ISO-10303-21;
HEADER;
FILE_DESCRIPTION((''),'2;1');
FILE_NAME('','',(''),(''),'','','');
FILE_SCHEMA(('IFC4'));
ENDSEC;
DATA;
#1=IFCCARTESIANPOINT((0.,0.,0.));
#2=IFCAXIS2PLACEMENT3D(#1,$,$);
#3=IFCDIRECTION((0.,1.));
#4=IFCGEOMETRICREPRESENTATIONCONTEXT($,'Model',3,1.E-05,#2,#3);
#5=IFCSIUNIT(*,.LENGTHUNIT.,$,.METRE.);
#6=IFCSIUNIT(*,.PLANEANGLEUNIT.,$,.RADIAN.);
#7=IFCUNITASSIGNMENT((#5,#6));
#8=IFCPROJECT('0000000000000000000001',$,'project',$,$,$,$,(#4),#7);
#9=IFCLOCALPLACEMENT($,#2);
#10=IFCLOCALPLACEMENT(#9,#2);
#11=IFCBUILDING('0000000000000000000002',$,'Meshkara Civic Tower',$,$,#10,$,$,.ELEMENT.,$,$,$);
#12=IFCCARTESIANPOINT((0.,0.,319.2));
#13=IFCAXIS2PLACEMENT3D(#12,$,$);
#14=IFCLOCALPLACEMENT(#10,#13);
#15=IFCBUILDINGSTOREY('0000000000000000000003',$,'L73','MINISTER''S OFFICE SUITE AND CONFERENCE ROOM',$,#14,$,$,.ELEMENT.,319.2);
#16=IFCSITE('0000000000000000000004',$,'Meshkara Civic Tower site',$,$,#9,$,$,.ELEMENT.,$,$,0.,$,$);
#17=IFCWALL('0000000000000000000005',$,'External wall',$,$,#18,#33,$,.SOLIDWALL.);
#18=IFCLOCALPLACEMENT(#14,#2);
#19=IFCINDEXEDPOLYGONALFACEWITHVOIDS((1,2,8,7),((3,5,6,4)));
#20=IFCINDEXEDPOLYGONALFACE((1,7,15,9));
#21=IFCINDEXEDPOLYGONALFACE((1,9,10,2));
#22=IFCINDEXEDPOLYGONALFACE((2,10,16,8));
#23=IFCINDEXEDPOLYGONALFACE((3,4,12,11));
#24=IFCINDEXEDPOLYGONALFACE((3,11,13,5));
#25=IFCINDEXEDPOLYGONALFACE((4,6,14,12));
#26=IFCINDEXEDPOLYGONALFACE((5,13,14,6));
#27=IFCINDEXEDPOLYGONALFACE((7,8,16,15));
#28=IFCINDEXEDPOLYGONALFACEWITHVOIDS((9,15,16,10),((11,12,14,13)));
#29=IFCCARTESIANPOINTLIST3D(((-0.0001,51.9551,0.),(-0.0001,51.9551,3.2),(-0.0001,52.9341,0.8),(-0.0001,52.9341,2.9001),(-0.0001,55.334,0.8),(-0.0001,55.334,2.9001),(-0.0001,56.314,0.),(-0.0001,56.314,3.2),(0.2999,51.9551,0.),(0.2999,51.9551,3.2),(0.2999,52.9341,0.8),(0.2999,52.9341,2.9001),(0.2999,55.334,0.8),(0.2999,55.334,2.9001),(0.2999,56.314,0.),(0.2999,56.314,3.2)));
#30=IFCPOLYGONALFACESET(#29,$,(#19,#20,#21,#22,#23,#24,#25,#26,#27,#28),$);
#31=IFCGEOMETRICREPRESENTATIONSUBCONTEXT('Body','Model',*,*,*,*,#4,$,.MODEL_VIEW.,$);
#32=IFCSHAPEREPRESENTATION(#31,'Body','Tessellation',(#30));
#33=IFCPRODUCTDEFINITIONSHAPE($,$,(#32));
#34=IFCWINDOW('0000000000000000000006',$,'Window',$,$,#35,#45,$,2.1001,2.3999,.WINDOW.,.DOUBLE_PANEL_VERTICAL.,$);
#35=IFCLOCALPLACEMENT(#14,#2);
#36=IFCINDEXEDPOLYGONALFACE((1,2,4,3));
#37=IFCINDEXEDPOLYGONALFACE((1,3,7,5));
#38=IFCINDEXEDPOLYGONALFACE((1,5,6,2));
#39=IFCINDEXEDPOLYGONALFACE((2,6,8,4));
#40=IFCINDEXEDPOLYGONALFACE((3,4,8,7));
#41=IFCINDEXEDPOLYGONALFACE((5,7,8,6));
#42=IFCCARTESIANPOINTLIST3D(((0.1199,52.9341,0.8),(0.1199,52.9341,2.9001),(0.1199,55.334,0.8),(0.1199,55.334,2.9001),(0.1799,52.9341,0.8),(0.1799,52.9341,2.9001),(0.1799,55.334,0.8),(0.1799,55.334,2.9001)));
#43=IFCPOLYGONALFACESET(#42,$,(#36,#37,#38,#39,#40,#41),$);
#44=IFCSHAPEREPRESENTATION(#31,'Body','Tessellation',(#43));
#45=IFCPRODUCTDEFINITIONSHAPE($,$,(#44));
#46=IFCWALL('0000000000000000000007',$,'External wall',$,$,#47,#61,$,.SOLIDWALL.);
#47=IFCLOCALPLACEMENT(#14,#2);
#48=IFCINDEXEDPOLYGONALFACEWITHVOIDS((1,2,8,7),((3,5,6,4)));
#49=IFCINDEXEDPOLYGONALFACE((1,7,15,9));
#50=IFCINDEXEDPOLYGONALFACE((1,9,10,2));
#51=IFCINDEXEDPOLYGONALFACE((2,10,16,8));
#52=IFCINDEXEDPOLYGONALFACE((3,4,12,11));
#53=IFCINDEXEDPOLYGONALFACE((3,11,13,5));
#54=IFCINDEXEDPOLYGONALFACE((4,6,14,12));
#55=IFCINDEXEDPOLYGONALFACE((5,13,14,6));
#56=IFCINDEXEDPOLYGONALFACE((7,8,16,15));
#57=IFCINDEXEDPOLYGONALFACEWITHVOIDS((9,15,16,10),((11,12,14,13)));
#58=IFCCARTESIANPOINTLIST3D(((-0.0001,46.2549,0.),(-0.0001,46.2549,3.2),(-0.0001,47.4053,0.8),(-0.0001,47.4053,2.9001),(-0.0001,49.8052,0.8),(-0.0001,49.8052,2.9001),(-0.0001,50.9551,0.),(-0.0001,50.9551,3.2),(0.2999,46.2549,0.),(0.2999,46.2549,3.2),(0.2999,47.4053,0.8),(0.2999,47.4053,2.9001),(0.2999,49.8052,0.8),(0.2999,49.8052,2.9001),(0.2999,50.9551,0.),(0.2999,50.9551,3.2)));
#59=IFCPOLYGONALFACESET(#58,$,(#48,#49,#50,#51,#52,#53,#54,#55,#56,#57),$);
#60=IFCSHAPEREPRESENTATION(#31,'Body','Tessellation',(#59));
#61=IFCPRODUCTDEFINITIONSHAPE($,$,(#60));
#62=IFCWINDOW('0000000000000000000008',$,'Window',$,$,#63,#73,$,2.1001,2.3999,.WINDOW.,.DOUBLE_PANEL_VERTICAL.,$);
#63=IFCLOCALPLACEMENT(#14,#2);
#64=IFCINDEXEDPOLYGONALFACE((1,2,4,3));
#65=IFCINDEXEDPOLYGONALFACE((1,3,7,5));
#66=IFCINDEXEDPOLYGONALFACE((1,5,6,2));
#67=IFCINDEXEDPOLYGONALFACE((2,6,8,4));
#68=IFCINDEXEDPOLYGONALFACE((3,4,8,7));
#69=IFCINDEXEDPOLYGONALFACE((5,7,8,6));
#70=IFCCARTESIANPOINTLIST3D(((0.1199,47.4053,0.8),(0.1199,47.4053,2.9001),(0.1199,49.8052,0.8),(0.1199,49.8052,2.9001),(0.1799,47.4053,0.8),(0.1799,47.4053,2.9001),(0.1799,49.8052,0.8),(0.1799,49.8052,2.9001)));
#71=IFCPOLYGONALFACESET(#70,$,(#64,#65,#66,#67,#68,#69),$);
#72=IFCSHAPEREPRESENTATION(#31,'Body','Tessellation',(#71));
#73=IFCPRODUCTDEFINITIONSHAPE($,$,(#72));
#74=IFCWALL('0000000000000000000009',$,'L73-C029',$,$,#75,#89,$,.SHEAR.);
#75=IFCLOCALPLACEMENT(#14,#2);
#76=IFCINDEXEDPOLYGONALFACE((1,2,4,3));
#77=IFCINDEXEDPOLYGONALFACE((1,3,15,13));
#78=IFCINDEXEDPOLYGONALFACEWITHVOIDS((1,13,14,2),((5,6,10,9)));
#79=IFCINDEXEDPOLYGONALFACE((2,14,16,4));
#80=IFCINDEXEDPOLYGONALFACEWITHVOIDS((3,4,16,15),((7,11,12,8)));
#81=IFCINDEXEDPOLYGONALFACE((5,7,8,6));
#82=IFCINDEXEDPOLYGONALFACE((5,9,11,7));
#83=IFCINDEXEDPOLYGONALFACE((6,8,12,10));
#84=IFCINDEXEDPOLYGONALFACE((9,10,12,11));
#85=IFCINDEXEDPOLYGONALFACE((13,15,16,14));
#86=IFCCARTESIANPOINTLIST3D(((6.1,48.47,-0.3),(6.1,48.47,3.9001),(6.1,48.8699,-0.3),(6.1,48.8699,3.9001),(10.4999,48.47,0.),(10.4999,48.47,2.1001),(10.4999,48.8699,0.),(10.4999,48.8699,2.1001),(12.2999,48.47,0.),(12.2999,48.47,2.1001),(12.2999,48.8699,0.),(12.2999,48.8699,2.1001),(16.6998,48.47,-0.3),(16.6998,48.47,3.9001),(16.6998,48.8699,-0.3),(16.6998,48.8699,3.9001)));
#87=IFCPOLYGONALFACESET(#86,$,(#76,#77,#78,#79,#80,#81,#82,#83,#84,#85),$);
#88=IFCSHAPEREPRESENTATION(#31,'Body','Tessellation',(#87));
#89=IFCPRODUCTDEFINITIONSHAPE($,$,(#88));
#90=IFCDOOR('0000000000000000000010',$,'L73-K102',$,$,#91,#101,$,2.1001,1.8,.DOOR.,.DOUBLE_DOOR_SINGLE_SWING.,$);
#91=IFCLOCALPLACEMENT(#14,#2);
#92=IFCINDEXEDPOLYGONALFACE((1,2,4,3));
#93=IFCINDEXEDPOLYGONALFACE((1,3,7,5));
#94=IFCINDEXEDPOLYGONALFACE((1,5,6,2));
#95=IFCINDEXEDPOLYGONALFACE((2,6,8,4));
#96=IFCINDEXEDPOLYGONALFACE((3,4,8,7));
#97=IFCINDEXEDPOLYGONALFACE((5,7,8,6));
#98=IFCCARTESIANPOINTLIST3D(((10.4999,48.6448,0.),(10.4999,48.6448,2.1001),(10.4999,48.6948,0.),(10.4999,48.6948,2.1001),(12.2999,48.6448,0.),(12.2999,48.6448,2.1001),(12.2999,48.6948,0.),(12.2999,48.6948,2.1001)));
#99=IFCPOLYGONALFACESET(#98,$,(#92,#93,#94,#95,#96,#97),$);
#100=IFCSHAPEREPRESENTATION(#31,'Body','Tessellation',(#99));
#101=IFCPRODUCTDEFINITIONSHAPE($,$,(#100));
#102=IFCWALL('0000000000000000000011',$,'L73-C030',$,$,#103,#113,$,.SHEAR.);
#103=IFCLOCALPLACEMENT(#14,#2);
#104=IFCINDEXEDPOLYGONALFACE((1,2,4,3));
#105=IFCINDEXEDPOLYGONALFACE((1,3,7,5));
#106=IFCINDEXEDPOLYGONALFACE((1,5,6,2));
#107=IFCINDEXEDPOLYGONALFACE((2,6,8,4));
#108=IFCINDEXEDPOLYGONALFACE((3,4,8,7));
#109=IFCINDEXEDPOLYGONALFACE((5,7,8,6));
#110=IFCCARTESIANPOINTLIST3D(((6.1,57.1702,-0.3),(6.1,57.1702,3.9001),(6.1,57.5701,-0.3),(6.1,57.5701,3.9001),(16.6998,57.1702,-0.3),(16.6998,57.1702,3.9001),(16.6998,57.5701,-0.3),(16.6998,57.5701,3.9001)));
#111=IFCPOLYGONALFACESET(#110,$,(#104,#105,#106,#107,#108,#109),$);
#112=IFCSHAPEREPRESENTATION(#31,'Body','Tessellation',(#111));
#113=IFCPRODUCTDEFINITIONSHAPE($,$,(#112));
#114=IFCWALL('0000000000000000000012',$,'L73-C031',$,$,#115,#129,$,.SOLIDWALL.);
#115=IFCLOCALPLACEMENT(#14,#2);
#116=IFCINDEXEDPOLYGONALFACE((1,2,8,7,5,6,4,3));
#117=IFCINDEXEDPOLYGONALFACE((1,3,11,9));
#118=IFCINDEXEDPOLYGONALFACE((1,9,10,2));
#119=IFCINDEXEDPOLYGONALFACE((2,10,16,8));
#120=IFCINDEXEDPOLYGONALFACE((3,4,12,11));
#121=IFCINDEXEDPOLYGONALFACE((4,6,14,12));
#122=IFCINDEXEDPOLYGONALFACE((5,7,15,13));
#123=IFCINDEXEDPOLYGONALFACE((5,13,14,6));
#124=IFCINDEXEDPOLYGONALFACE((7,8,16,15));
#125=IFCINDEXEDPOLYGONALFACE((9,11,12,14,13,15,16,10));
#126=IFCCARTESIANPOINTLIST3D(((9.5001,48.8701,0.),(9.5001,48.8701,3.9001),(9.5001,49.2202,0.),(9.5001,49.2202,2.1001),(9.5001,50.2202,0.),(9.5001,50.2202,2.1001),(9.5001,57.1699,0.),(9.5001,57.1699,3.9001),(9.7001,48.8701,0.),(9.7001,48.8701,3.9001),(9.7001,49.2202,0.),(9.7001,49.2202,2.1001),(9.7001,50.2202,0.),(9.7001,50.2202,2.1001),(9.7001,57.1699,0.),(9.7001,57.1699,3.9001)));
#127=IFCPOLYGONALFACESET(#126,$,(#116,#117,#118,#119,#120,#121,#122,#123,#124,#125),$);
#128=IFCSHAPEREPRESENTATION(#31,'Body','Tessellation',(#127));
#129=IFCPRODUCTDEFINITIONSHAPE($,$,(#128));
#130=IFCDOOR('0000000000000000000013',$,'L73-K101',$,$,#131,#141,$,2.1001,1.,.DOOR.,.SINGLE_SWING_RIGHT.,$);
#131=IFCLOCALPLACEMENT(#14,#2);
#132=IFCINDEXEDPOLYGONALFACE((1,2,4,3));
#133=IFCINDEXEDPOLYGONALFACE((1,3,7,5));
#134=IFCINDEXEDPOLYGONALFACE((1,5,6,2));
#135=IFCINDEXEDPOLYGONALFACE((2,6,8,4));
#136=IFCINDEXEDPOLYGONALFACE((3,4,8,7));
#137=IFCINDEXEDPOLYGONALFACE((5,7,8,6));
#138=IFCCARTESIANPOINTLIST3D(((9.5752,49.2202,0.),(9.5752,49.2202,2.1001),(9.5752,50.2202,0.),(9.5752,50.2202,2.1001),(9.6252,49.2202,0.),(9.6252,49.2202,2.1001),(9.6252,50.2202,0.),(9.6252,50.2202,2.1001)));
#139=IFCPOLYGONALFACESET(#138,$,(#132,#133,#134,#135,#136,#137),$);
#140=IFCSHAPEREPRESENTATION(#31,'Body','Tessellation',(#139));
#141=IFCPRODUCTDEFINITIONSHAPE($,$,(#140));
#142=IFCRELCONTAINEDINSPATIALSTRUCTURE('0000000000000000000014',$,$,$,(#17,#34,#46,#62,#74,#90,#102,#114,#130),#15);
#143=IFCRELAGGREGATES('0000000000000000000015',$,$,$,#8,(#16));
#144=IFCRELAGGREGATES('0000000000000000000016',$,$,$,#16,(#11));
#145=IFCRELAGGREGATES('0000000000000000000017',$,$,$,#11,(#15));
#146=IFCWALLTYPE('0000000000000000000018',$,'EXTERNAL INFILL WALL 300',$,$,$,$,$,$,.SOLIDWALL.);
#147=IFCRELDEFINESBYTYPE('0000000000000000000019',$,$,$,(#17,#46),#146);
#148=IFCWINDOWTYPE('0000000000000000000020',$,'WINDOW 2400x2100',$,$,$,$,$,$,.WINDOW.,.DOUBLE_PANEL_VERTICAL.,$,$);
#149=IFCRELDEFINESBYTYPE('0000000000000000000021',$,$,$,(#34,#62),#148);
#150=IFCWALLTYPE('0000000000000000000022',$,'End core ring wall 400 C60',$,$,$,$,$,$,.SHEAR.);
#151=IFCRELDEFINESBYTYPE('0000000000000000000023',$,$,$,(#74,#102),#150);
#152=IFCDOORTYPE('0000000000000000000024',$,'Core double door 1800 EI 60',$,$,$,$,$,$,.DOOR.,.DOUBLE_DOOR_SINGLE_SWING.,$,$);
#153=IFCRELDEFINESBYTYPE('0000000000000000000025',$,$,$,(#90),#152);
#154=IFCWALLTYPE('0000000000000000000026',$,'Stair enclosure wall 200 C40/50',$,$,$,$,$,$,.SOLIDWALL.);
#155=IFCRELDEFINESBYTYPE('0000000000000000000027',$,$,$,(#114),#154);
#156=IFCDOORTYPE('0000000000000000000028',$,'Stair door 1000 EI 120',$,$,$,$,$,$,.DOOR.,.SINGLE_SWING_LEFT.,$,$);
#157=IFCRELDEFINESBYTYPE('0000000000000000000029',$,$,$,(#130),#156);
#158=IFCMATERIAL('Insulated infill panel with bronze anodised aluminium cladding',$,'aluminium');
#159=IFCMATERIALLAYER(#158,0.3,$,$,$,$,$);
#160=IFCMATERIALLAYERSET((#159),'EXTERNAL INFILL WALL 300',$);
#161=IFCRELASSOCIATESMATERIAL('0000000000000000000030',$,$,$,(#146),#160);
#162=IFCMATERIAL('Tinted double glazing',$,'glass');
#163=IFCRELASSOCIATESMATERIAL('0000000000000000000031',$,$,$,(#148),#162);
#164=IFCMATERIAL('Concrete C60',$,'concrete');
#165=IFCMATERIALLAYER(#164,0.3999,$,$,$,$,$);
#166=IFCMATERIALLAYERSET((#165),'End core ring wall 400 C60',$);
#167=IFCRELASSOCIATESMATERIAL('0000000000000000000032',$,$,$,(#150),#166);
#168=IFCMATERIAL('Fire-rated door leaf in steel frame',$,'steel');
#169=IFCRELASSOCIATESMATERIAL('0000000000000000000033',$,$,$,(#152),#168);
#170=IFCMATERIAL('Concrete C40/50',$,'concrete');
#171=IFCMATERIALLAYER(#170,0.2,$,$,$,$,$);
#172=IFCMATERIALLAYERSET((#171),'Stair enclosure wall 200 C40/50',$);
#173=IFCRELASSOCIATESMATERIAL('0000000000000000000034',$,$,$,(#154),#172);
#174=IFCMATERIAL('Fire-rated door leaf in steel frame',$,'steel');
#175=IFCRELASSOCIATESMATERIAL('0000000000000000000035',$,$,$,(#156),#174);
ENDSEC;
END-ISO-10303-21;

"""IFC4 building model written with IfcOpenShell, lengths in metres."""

from ifc_helpers import new_model, si_unit, direction, frame, frame_2d, origin, place, context, subcontext, project, spatial, rectangle, extrude, material, layer, layer_set, type_object, element, fill, save


model = new_model("IFC4")

# Units and contexts
model_context = context("Model", 3, precision=1e-05, world=origin(), true_north=direction((0.0, 1.0)))
body_context = subcontext(model_context, "Body", "Model", "MODEL_VIEW")
ifc_project = project(units=[si_unit("LENGTHUNIT", "METRE"), si_unit("PLANEANGLEUNIT", "RADIAN")], contexts=[model_context])

# Site, building, storey
site_placement = place(None, origin())
site = spatial("IfcSite", under=ifc_project, at=site_placement, Name="Meshkara Civic Tower site", CompositionType="ELEMENT", RefElevation=0.0)
building_placement = place(site_placement, origin())
building = spatial("IfcBuilding", under=site, at=building_placement, Name="Meshkara Civic Tower", CompositionType="ELEMENT")
storey_placement = place(building_placement, frame((0.0, 0.0, 319.2)))
storey = spatial("IfcBuildingStorey", under=building, at=storey_placement, Name="L73", Description="MINISTER'S OFFICE SUITE AND CONFERENCE ROOM", CompositionType="ELEMENT", Elevation=319.2)

# Walls, openings, windows
ifc_material_1 = material(Name="Insulated infill panel with bronze anodised aluminium cladding", Category="aluminium")
ifc_layer_1 = layer(ifc_material_1, 0.3)
ifc_layer_set_1 = layer_set([ifc_layer_1], Name="EXTERNAL INFILL WALL 300")
wall_type_1 = type_object("IfcWallType", Name="EXTERNAL INFILL WALL 300", PredefinedType="SOLIDWALL", material=ifc_layer_set_1)
ifc_material_2 = material(Name="Tinted double glazing", Category="glass")
window_type = type_object("IfcWindowType", Name="WINDOW 2400x2100", PartitioningType="DOUBLE_PANEL_VERTICAL", PredefinedType="WINDOW", material=ifc_material_2)
wall_1_placement = place(storey_placement, frame((0.1499, 56.314, 0.0), z_axis=(0.0, 0.0, 1.0), x_axis=(0.0, -1.0, 0.0)))
wall_1 = element("IfcWall", 1, at=wall_1_placement, inside=storey, type_object=wall_type_1, Name="External wall", PredefinedType="SOLIDWALL", context=body_context, shape_type="SweptSolid", body=[
    extrude(rectangle(XDim=4.3589, YDim=0.3, at=frame_2d((2.1794, 0.0))), origin(), (0.0, 0.0, 1.0), 3.2),
])
opening_1_placement = place(wall_1_placement, frame((0.98, 0.0, 0.8)))
opening_1 = element("IfcOpeningElement", 2, at=opening_1_placement, cuts=wall_1, PredefinedType="OPENING", context=body_context, shape_type="SweptSolid", body=[
    extrude(rectangle(XDim=2.3999, YDim=2.1001, at=frame_2d((1.2, 1.05))), frame((0.0, 0.1599, 0.0), z_axis=(0.0, -1.0, 0.0), x_axis=(1.0, 0.0, 0.0)), (0.0, 0.0, 1.0), 0.3201),
])
window_1_placement = place(opening_1_placement, origin())
window_1 = element("IfcWindow", 3, at=window_1_placement, inside=storey, type_object=window_type, Name="Window", OverallHeight=2.1001, OverallWidth=2.3999, PartitioningType="DOUBLE_PANEL_VERTICAL", PredefinedType="WINDOW", context=body_context, shape_type="SweptSolid", body=[
    extrude(rectangle(XDim=2.3999, YDim=2.1001, at=frame_2d((1.2, 1.05))), frame((0.0, 0.03, 0.0), z_axis=(0.0, -1.0, 0.0), x_axis=(1.0, 0.0, 0.0)), (0.0, 0.0, 1.0), 0.0601),
])
fill(opening_1, window_1)
wall_2_placement = place(storey_placement, frame((0.1499, 50.9551, 0.0), z_axis=(0.0, 0.0, 1.0), x_axis=(0.0, -1.0, 0.0)))
wall_2 = element("IfcWall", 4, at=wall_2_placement, inside=storey, type_object=wall_type_1, Name="External wall", PredefinedType="SOLIDWALL", context=body_context, shape_type="SweptSolid", body=[
    extrude(rectangle(XDim=4.7002, YDim=0.3, at=frame_2d((2.3501, 0.0))), origin(), (0.0, 0.0, 1.0), 3.2),
])
opening_2_placement = place(wall_2_placement, frame((1.1499, 0.0, 0.8)))
opening_2 = element("IfcOpeningElement", 5, at=opening_2_placement, cuts=wall_2, PredefinedType="OPENING", context=body_context, shape_type="SweptSolid", body=[
    extrude(rectangle(XDim=2.3999, YDim=2.1001, at=frame_2d((1.2, 1.05))), frame((0.0, 0.1599, 0.0), z_axis=(0.0, -1.0, 0.0), x_axis=(1.0, 0.0, 0.0)), (0.0, 0.0, 1.0), 0.3201),
])
window_2_placement = place(opening_2_placement, origin())
window_2 = element("IfcWindow", 6, at=window_2_placement, inside=storey, type_object=window_type, Name="Window", OverallHeight=2.1001, OverallWidth=2.3999, PartitioningType="DOUBLE_PANEL_VERTICAL", PredefinedType="WINDOW", context=body_context, shape_type="SweptSolid", body=[
    extrude(rectangle(XDim=2.3999, YDim=2.1001, at=frame_2d((1.2, 1.05))), frame((0.0, 0.03, 0.0), z_axis=(0.0, -1.0, 0.0), x_axis=(1.0, 0.0, 0.0)), (0.0, 0.0, 1.0), 0.0601),
])
fill(opening_2, window_2)

# Wall, opening, door
ifc_material_3 = material(Name="Concrete C60", Category="concrete")
ifc_layer_2 = layer(ifc_material_3, 0.3999)
ifc_layer_set_2 = layer_set([ifc_layer_2], Name="End core ring wall 400 C60")
wall_type_2 = type_object("IfcWallType", Name="End core ring wall 400 C60", PredefinedType="SHEAR", material=ifc_layer_set_2)
wall_3_placement = place(storey_placement, frame((6.1001, 48.6699, -0.3), z_axis=(0.0, 0.0, 1.0), x_axis=(1.0, 0.0, 0.0)))
wall_3 = element("IfcWall", 7, at=wall_3_placement, inside=storey, type_object=wall_type_2, Name="L73-C029", PredefinedType="SHEAR", context=body_context, shape_type="SweptSolid", body=[
    extrude(rectangle(XDim=10.5999, YDim=0.3999, at=frame_2d((5.2998, 0.0))), origin(), (0.0, 0.0, 1.0), 4.2002),
])
opening_3_placement = place(wall_3_placement, frame((4.3999, 0.0, 0.3)))
opening_3 = element("IfcOpeningElement", 8, at=opening_3_placement, cuts=wall_3, PredefinedType="OPENING", context=body_context, shape_type="SweptSolid", body=[
    extrude(rectangle(XDim=1.8, YDim=2.1001, at=frame_2d((0.8999, 1.05))), frame((0.0, 0.21, 0.0), z_axis=(0.0, -1.0, 0.0), x_axis=(1.0, 0.0, 0.0)), (0.0, 0.0, 1.0), 0.4199),
])
ifc_material_4 = material(Name="Fire-rated door leaf in steel frame", Category="steel")
door_type_1 = type_object("IfcDoorType", Name="Core double door 1800 EI 60", OperationType="DOUBLE_DOOR_SINGLE_SWING", PredefinedType="DOOR", material=ifc_material_4)
door_1_placement = place(opening_3_placement, origin())
door_1 = element("IfcDoor", 9, at=door_1_placement, inside=storey, type_object=door_type_1, Name="L73-K102", OperationType="DOUBLE_DOOR_SINGLE_SWING", OverallHeight=2.1001, OverallWidth=1.8, PredefinedType="DOOR", context=body_context, shape_type="SweptSolid", body=[
    extrude(rectangle(XDim=1.8, YDim=2.1001, at=frame_2d((0.8999, 1.05))), frame((0.0, 0.0249, 0.0), z_axis=(0.0, -1.0, 0.0), x_axis=(1.0, 0.0, 0.0)), (0.0, 0.0, 1.0), 0.05),
])
fill(opening_3, door_1)

# Wall
wall_4_placement = place(storey_placement, frame((6.1001, 57.3701, -0.3), z_axis=(0.0, 0.0, 1.0), x_axis=(1.0, 0.0, 0.0)))
element("IfcWall", 10, at=wall_4_placement, inside=storey, type_object=wall_type_2, Name="L73-C030", PredefinedType="SHEAR", context=body_context, shape_type="SweptSolid", body=[
    extrude(rectangle(XDim=10.5999, YDim=0.3999, at=frame_2d((5.2998, 0.0))), origin(), (0.0, 0.0, 1.0), 4.2002),
])

# Wall, opening, door
ifc_material_5 = material(Name="Concrete C40/50", Category="concrete")
ifc_layer_3 = layer(ifc_material_5, 0.2)
ifc_layer_set_3 = layer_set([ifc_layer_3], Name="Stair enclosure wall 200 C40/50")
wall_type_3 = type_object("IfcWallType", Name="Stair enclosure wall 200 C40/50", PredefinedType="SOLIDWALL", material=ifc_layer_set_3)
wall_5_placement = place(storey_placement, frame((9.6001, 48.8701, 0.0), z_axis=(0.0, 0.0, 1.0), x_axis=(0.0, 1.0, 0.0)))
wall_5 = element("IfcWall", 11, at=wall_5_placement, inside=storey, type_object=wall_type_3, Name="L73-C031", PredefinedType="SOLIDWALL", context=body_context, shape_type="SweptSolid", body=[
    extrude(rectangle(XDim=8.2998, YDim=0.2, at=frame_2d((4.1499, 0.0))), origin(), (0.0, 0.0, 1.0), 3.9001),
])
opening_4_placement = place(wall_5_placement, frame((0.3501, 0.0, 0.0)))
opening_4 = element("IfcOpeningElement", 12, at=opening_4_placement, cuts=wall_5, PredefinedType="OPENING", context=body_context, shape_type="SweptSolid", body=[
    extrude(rectangle(XDim=1.0, YDim=2.1001, at=frame_2d((0.5, 1.05))), frame((0.0, 0.1099, 0.0), z_axis=(0.0, -1.0, 0.0), x_axis=(1.0, 0.0, 0.0)), (0.0, 0.0, 1.0), 0.22),
])
ifc_material_6 = material(Name="Fire-rated door leaf in steel frame", Category="steel")
door_type_2 = type_object("IfcDoorType", Name="Stair door 1000 EI 120", OperationType="SINGLE_SWING_LEFT", PredefinedType="DOOR", material=ifc_material_6)
door_2_placement = place(opening_4_placement, origin())
door_2 = element("IfcDoor", 13, at=door_2_placement, inside=storey, type_object=door_type_2, Name="L73-K101", OperationType="SINGLE_SWING_RIGHT", OverallHeight=2.1001, OverallWidth=1.0, PredefinedType="DOOR", context=body_context, shape_type="SweptSolid", body=[
    extrude(rectangle(XDim=1.0, YDim=2.1001, at=frame_2d((0.5, 1.05))), frame((0.0, 0.0249, 0.0), z_axis=(0.0, -1.0, 0.0), x_axis=(1.0, 0.0, 0.0)), (0.0, 0.0, 1.0), 0.05),
])
fill(opening_4, door_2)

save(model, "model.ifc")
